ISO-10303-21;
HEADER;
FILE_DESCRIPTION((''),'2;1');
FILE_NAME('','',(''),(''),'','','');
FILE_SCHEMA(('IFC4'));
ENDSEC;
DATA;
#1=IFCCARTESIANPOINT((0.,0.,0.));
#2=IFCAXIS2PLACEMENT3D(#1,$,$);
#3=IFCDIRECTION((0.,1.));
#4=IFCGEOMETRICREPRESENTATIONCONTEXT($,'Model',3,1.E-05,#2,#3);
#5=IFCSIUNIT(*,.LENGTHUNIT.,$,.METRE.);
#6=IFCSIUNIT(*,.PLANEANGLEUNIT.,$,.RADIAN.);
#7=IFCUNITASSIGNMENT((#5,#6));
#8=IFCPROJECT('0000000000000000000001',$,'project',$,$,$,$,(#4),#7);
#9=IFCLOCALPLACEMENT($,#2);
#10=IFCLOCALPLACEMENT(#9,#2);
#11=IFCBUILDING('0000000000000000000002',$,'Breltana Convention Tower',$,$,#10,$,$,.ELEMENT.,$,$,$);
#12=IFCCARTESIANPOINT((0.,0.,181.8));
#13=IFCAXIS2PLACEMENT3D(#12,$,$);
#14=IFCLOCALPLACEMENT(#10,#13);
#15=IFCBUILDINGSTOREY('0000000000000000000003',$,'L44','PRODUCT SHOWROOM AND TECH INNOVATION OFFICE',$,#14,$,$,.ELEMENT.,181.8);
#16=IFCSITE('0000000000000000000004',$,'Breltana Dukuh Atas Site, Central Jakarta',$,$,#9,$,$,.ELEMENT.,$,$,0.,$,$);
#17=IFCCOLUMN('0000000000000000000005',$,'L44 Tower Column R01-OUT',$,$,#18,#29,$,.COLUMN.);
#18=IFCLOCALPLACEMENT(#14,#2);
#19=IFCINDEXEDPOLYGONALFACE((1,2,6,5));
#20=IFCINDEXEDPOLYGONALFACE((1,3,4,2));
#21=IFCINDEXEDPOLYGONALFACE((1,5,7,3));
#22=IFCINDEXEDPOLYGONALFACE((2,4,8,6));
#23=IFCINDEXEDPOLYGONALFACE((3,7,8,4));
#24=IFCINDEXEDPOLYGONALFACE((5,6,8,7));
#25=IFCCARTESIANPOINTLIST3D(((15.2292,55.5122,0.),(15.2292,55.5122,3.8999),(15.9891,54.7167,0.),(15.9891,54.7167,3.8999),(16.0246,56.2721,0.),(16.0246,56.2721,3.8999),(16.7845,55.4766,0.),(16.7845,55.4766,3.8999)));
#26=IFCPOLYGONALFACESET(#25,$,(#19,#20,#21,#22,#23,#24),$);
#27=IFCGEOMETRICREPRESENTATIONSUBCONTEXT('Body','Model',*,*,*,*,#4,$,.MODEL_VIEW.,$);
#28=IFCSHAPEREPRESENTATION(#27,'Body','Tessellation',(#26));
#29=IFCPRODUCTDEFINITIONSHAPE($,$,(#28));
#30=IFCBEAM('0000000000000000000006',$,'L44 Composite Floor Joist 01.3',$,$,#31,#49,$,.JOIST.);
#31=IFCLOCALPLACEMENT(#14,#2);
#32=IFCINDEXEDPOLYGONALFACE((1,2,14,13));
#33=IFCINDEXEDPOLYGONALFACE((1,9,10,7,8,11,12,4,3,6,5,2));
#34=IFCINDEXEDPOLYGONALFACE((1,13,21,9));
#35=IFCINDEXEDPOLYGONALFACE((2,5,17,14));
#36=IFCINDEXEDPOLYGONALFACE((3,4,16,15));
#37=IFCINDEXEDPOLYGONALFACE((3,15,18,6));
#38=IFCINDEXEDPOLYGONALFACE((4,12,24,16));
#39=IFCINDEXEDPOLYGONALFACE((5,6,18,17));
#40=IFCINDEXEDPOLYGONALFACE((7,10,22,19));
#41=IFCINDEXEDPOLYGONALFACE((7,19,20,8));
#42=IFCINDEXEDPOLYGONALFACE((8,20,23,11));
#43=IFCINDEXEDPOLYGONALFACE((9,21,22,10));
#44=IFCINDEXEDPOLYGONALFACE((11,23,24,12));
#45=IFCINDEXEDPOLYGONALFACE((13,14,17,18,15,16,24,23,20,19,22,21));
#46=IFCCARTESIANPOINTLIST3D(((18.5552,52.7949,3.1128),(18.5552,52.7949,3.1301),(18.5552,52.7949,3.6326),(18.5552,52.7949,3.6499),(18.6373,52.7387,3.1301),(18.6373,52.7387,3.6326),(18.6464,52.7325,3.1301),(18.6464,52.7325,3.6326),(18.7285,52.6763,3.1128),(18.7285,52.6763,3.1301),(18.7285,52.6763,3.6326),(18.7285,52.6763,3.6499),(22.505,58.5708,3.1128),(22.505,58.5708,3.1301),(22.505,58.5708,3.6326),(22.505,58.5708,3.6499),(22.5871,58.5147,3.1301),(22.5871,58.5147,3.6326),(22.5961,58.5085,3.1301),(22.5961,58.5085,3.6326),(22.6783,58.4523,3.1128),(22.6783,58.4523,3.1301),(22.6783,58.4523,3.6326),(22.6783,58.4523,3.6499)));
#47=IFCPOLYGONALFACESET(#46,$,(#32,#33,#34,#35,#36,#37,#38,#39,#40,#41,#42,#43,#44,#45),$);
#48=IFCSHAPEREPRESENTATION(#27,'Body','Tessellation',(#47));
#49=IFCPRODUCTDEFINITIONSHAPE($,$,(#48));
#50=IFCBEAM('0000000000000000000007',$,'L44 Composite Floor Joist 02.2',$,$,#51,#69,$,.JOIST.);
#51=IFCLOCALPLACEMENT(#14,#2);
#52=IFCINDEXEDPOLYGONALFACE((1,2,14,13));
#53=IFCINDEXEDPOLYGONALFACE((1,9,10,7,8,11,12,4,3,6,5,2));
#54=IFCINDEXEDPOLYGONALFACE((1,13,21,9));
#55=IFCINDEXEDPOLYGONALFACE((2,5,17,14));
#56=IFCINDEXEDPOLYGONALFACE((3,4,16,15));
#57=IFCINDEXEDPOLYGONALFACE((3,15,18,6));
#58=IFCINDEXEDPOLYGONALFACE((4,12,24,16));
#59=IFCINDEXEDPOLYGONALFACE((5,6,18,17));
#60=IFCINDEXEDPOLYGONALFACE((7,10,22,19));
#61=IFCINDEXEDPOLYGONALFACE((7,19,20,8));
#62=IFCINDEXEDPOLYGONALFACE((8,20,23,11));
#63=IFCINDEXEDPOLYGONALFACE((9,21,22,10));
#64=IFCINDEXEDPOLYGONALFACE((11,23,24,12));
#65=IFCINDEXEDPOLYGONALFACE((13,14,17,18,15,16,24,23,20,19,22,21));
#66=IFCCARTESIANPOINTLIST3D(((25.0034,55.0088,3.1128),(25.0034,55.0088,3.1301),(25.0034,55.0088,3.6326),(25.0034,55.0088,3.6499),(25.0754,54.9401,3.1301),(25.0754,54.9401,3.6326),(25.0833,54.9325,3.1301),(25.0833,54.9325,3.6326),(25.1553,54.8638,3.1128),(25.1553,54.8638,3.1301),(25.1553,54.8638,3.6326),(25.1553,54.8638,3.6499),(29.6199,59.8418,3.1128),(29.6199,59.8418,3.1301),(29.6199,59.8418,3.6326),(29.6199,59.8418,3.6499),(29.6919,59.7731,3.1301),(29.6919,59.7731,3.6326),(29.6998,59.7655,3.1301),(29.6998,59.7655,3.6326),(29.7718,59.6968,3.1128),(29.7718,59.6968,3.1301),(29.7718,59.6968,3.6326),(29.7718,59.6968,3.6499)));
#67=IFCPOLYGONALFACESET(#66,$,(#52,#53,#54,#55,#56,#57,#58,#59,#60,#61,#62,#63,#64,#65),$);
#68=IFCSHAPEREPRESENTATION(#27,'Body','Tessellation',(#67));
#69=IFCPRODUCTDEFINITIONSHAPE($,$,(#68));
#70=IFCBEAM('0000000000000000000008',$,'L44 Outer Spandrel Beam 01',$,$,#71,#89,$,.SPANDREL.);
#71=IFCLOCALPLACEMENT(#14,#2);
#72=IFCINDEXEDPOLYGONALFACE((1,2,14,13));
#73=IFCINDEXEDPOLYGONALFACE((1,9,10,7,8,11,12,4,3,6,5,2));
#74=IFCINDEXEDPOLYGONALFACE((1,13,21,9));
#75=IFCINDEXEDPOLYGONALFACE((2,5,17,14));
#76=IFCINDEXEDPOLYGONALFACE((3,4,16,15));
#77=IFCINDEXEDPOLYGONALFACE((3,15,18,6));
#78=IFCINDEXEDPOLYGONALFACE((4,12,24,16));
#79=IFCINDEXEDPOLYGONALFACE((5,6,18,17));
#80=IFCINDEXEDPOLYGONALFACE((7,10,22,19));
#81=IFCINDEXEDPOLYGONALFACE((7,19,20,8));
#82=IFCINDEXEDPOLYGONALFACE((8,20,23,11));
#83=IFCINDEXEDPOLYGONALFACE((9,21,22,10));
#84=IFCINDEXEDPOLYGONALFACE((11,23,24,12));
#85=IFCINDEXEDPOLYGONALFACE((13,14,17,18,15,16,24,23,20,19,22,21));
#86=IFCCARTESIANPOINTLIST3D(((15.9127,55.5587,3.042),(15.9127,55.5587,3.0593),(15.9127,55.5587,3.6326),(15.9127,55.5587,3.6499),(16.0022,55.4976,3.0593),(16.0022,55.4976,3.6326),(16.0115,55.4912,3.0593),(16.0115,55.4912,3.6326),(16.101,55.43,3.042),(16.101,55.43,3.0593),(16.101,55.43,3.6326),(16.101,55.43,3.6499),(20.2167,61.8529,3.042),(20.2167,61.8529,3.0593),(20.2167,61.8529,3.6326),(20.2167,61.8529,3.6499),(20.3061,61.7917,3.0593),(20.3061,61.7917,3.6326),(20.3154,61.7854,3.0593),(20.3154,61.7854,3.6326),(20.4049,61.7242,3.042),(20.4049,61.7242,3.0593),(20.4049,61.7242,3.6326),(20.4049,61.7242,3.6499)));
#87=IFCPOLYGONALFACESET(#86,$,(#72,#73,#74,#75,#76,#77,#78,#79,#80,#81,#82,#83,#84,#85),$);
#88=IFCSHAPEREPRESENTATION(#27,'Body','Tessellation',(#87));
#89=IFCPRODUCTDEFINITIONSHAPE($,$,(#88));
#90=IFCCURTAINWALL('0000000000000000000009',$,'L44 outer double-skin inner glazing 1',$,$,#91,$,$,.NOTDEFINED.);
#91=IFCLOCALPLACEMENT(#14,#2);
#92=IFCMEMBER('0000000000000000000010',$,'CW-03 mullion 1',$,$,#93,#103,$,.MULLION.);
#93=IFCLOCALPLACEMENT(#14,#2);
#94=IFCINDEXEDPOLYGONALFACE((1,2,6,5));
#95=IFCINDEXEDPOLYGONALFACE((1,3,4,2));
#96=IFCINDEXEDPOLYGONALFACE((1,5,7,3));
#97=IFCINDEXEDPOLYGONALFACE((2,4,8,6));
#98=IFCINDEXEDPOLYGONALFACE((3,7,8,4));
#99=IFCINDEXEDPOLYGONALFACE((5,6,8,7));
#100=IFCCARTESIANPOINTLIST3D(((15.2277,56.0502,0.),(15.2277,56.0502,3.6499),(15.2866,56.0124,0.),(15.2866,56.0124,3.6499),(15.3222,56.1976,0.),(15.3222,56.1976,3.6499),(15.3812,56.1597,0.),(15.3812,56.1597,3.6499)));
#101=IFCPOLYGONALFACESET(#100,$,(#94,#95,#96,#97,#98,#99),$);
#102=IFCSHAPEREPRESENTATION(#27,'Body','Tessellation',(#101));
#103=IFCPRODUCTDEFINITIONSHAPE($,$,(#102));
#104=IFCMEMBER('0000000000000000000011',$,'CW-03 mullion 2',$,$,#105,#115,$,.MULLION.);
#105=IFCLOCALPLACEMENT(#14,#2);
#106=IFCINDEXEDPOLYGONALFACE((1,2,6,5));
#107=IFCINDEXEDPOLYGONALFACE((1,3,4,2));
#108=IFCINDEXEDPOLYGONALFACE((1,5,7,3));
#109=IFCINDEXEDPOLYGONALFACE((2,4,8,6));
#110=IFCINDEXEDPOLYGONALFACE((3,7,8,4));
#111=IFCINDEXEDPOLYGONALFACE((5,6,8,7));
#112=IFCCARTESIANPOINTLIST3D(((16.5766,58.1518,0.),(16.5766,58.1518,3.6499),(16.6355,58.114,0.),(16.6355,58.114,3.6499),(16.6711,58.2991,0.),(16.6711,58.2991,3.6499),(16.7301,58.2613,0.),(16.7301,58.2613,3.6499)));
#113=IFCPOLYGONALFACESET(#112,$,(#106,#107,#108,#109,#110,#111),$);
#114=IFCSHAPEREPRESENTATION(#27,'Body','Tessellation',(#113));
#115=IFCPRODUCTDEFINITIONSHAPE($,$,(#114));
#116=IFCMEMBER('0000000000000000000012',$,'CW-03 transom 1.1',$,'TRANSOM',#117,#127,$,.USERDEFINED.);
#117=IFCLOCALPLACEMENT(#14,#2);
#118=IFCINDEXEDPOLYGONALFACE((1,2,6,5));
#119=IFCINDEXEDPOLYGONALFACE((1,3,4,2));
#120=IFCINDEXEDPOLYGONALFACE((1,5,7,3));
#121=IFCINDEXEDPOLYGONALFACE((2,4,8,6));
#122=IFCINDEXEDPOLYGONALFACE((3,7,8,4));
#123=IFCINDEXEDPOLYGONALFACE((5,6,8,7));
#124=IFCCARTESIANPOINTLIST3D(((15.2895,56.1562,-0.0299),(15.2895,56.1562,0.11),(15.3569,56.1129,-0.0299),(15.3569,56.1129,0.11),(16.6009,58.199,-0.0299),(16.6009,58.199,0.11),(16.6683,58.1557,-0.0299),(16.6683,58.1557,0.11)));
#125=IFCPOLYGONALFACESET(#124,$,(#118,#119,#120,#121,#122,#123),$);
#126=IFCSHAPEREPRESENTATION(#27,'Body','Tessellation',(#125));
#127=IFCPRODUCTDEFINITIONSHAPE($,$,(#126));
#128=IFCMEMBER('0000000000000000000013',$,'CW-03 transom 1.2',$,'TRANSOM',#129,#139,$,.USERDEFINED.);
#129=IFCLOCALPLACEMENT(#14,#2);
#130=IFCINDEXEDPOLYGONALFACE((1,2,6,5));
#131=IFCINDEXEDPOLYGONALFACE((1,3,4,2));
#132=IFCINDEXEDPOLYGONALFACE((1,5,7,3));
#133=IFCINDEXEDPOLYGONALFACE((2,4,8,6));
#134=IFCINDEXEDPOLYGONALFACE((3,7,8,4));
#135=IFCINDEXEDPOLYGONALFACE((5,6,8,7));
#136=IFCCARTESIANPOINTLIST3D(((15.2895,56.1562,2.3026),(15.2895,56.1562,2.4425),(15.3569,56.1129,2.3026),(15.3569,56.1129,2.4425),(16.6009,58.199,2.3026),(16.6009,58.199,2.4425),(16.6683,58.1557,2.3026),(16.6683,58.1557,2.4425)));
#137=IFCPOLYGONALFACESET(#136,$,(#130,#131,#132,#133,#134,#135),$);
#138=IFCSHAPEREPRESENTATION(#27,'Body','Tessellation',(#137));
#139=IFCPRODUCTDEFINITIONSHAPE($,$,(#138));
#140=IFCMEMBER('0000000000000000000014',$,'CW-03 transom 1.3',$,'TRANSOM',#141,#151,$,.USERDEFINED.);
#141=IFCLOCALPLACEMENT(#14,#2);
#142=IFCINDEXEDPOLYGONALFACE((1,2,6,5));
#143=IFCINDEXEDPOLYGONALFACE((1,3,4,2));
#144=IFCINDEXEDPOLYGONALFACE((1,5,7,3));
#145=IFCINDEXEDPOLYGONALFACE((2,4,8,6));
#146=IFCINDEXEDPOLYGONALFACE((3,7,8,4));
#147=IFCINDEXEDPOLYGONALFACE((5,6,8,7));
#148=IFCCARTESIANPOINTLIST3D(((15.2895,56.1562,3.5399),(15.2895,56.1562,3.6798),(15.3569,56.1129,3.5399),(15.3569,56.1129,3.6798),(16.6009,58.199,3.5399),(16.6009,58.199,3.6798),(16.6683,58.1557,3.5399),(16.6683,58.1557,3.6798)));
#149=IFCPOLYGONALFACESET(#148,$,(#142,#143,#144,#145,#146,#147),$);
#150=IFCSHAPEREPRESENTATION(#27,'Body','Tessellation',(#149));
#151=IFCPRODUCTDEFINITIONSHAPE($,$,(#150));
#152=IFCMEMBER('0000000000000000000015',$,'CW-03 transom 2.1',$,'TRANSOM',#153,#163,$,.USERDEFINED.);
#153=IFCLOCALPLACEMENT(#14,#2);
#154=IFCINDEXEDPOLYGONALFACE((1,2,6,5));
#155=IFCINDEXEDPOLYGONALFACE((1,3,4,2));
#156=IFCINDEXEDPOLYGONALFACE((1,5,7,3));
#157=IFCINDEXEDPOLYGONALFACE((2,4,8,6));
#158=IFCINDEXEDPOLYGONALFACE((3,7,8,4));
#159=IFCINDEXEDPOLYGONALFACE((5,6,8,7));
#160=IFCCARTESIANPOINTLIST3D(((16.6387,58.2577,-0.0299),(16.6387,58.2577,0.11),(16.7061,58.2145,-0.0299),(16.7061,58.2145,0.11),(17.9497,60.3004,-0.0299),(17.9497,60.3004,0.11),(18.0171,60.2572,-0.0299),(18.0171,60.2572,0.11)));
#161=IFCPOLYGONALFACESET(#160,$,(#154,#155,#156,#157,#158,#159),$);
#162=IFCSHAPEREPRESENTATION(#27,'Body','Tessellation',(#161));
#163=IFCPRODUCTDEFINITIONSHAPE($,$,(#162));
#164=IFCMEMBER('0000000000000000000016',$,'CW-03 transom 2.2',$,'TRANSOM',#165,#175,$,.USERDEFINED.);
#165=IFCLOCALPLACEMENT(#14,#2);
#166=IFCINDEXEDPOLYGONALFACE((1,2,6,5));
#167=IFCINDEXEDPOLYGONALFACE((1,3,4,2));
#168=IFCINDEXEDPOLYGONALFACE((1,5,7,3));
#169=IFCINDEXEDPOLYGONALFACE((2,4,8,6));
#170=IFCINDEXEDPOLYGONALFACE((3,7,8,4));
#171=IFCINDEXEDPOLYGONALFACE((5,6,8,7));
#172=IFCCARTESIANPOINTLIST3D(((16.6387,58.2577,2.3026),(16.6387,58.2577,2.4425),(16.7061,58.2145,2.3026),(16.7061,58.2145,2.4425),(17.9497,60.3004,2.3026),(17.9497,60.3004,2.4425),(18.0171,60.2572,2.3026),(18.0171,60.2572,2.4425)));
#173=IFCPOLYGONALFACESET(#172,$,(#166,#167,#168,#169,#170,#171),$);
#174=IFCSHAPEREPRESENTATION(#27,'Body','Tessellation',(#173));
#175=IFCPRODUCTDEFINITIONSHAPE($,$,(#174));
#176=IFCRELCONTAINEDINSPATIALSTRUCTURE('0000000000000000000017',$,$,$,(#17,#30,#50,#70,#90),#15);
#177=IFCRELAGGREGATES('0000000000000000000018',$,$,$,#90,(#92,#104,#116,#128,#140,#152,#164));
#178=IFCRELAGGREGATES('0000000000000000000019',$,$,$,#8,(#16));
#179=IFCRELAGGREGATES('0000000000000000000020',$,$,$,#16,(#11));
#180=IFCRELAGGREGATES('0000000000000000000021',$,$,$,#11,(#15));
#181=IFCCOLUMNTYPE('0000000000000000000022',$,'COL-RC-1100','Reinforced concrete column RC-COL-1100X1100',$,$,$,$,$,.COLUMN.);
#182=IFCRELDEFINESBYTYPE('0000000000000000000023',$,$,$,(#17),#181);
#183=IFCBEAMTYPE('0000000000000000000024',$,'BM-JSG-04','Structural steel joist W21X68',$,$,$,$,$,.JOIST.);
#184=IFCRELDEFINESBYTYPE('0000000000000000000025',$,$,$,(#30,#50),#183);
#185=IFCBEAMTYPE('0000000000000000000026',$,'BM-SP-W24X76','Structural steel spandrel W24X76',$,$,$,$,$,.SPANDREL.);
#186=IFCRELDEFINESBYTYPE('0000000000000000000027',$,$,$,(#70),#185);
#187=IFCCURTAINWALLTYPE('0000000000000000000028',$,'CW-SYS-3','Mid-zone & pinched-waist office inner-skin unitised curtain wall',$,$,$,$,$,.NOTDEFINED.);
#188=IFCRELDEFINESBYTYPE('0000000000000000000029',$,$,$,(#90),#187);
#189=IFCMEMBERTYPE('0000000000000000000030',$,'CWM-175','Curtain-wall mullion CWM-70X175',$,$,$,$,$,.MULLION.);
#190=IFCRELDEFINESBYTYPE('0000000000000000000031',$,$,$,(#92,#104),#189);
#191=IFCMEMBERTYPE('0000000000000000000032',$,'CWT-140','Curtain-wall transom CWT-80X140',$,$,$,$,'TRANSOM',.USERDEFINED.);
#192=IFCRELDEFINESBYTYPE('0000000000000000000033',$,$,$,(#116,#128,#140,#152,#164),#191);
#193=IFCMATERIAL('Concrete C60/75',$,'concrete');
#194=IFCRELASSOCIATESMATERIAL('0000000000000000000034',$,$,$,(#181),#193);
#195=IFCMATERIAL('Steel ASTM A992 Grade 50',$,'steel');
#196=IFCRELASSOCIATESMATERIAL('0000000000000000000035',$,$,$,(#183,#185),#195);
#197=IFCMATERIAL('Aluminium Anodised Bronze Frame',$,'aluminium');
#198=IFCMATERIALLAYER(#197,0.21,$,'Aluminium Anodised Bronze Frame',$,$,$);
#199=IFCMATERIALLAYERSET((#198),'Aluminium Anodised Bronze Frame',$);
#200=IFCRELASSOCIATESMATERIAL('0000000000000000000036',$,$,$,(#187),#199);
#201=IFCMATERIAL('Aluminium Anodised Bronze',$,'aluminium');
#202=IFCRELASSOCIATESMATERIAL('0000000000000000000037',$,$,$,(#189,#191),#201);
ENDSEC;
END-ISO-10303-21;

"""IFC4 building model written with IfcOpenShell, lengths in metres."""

from ifc_helpers import new_model, si_unit, direction, frame, origin, origin_2d, place, context, subcontext, project, spatial, rectangle, i_section, extrude, source, transform, mapped, material, layer, layer_set, material_profile, profile_set, type_object, type_shapes, element, aggregate, save


model = new_model("IFC4")

# Units and contexts
model_context = context("Model", 3, precision=1e-05, world=origin(), true_north=direction((0.0, 1.0)))
body_context = subcontext(model_context, "Body", "Model", "MODEL_VIEW")
ifc_project = project(units=[si_unit("LENGTHUNIT", "METRE"), si_unit("PLANEANGLEUNIT", "RADIAN")], contexts=[model_context])

# Site, building, storey
site_placement = place(None, origin())
site = spatial("IfcSite", under=ifc_project, at=site_placement, Name="Breltana Dukuh Atas Site, Central Jakarta", CompositionType="ELEMENT", RefElevation=0.0)
building_placement = place(site_placement, origin())
building = spatial("IfcBuilding", under=site, at=building_placement, Name="Breltana Convention Tower", CompositionType="ELEMENT")
storey_placement = place(building_placement, frame((0.0, 0.0, 181.8)))
storey = spatial("IfcBuildingStorey", under=building, at=storey_placement, Name="L44", Description="PRODUCT SHOWROOM AND TECH INNOVATION OFFICE", CompositionType="ELEMENT", Elevation=181.8)

# Column
ifc_material_1 = material(Name="Concrete C60/75", Category="concrete")
ifc_material_profile_1 = material_profile(ifc_material_1, rectangle(XDim=1.1001, YDim=1.1001, at=origin_2d()), Name="RC-COL-1100X1100")
ifc_profile_set_1 = profile_set([ifc_material_profile_1], Name="Concrete C60/75")
column_type_1 = type_object("IfcColumnType", Name="COL-RC-1100", Description="Reinforced concrete column RC-COL-1100X1100", PredefinedType="COLUMN", material=ifc_profile_set_1)
shared_shape_1 = source(origin(), body_context, "Body", "SweptSolid", [
    extrude(rectangle(XDim=1.1001, YDim=1.1001, at=origin_2d()), origin(), (0.0, 0.0, 1.0), 3.8999),
])
column_1_placement = place(storey_placement, frame((16.0068, 55.4944, 0.0), z_axis=(0.0, 0.0, 1.0), x_axis=(-0.690756, 0.723088, 0.0)))
element("IfcColumn", 1, at=column_1_placement, inside=storey, type_object=column_type_1, Name="L44 Tower Column R01-OUT", PredefinedType="COLUMN", context=body_context, shape_type="MappedRepresentation", body=[
    mapped(shared_shape_1, transform((0.0, 0.0, 0.0), scale=1.0)),
])

# Beams
ifc_material_2 = material(Name="Steel ASTM A992 Grade 50", Category="steel")
ifc_material_profile_2 = material_profile(ifc_material_2, i_section(OverallWidth=0.21, OverallDepth=0.5371, WebThickness=0.011, FlangeThickness=0.0173, at=origin_2d()), Name="W21X68")
ifc_profile_set_2 = profile_set([ifc_material_profile_2], Name="Steel ASTM A992 Grade 50")
beam_type_1 = type_object("IfcBeamType", Name="BM-JSG-04", Description="Structural steel joist W21X68", PredefinedType="JOIST", material=ifc_profile_set_2)
shared_shape_2 = source(origin(), body_context, "Body", "SweptSolid", [
    extrude(i_section(OverallWidth=0.21, OverallDepth=0.5371, WebThickness=0.011, FlangeThickness=0.0173, at=origin_2d()), origin(), (0.0, 0.0, 1.0), 6.9973),
])
beam_1_placement = place(storey_placement, frame((18.6418, 52.7356, 3.3813), z_axis=(0.564469, 0.825454, 0.0), x_axis=(-0.825454, 0.564469, 0.0)))
element("IfcBeam", 2, at=beam_1_placement, inside=storey, type_object=beam_type_1, Name="L44 Composite Floor Joist 01.3", PredefinedType="JOIST", context=body_context, shape_type="MappedRepresentation", body=[
    mapped(shared_shape_2, transform((0.0, 0.0, 0.0), scale=1.0)),
])
shared_shape_3 = source(origin(), body_context, "Body", "SweptSolid", [
    extrude(i_section(OverallWidth=0.21, OverallDepth=0.5371, WebThickness=0.011, FlangeThickness=0.0173, at=origin_2d()), origin(), (0.0, 0.0, 1.0), 6.6836),
])
beam_2_placement = place(storey_placement, frame((25.0793, 54.9363, 3.3813), z_axis=(0.690721, 0.723122, 0.0), x_axis=(-0.723122, 0.690721, 0.0)))
element("IfcBeam", 3, at=beam_2_placement, inside=storey, type_object=beam_type_1, Name="L44 Composite Floor Joist 02.2", PredefinedType="JOIST", context=body_context, shape_type="MappedRepresentation", body=[
    mapped(shared_shape_3, transform((0.0, 0.0, 0.0), scale=1.0)),
])
ifc_material_profile_3 = material_profile(ifc_material_2, i_section(OverallWidth=0.228, OverallDepth=0.6079, WebThickness=0.0112, FlangeThickness=0.0173, at=origin_2d()), Name="W24X76")
ifc_profile_set_3 = profile_set([ifc_material_profile_3], Name="Steel ASTM A992 Grade 50")
beam_type_2 = type_object("IfcBeamType", Name="BM-SP-W24X76", Description="Structural steel spandrel W24X76", PredefinedType="SPANDREL", material=ifc_profile_set_3)
shared_shape_4 = source(origin(), body_context, "Body", "SweptSolid", [
    extrude(i_section(OverallWidth=0.228, OverallDepth=0.6079, WebThickness=0.0112, FlangeThickness=0.0173, at=origin_2d()), origin(), (0.0, 0.0, 1.0), 7.625),
])
type_shapes(beam_type_2, [shared_shape_4])
beam_3_placement = place(storey_placement, frame((16.0068, 55.4944, 3.3459), z_axis=(0.564452, 0.825466, 0.0), x_axis=(-0.825466, 0.564452, 0.0)))
element("IfcBeam", 4, at=beam_3_placement, inside=storey, type_object=beam_type_2, Name="L44 Outer Spandrel Beam 01", PredefinedType="SPANDREL", context=body_context, shape_type="MappedRepresentation", body=[
    mapped(shared_shape_4, transform((0.0, 0.0, 0.0), scale=1.0)),
])

# Curtain wall, members
ifc_material_3 = material(Name="Aluminium Anodised Bronze Frame", Category="aluminium")
ifc_layer_1 = layer(ifc_material_3, 0.21, Name="Aluminium Anodised Bronze Frame")
ifc_layer_set_1 = layer_set([ifc_layer_1], Name="Aluminium Anodised Bronze Frame")
curtain_wall_type = type_object("IfcCurtainWallType", Name="CW-SYS-3", Description="Mid-zone & pinched-waist office inner-skin unitised curtain wall", PredefinedType="NOTDEFINED", material=ifc_layer_set_1)
curtain_wall_placement = place(storey_placement, origin())
curtain_wall = element("IfcCurtainWall", 5, at=curtain_wall_placement, inside=storey, type_object=curtain_wall_type, Name="L44 outer double-skin inner glazing 1", PredefinedType="NOTDEFINED")
ifc_material_4 = material(Name="Aluminium Anodised Bronze", Category="aluminium")
ifc_material_profile_4 = material_profile(ifc_material_4, rectangle(XDim=0.0701, YDim=0.175, at=origin_2d()), Name="CWM-70X175")
ifc_profile_set_4 = profile_set([ifc_material_profile_4], Name="Aluminium Anodised Bronze")
member_type_1 = type_object("IfcMemberType", Name="CWM-175", Description="Curtain-wall mullion CWM-70X175", PredefinedType="MULLION", material=ifc_profile_set_4)
shared_shape_5 = source(origin(), body_context, "Body", "SweptSolid", [
    extrude(rectangle(XDim=0.0701, YDim=0.175, at=origin_2d()), origin(), (0.0, 0.0, 1.0), 3.6499),
])
member_1_placement = place(storey_placement, frame((15.3044, 56.105, 0.0), z_axis=(0.0, 0.0, 1.0), x_axis=(-0.841554, 0.540173, 0.0)))
member_1 = element("IfcMember", 6, at=member_1_placement, type_object=member_type_1, Name="CW-03 mullion 1", PredefinedType="MULLION", context=body_context, shape_type="MappedRepresentation", body=[
    mapped(shared_shape_5, transform((0.0, 0.0, 0.0), scale=1.0)),
])
member_2_placement = place(storey_placement, frame((16.6533, 58.2065, 0.0), z_axis=(0.0, 0.0, 1.0), x_axis=(-0.841554, 0.540173, 0.0)))
member_2 = element("IfcMember", 7, at=member_2_placement, type_object=member_type_1, Name="CW-03 mullion 2", PredefinedType="MULLION", context=body_context, shape_type="MappedRepresentation", body=[
    mapped(shared_shape_5, transform((0.0, 0.0, 0.0), scale=1.0)),
])
ifc_material_profile_5 = material_profile(ifc_material_4, rectangle(XDim=0.0801, YDim=0.1399, at=origin_2d()), Name="CWT-80X140")
ifc_profile_set_5 = profile_set([ifc_material_profile_5], Name="Aluminium Anodised Bronze")
member_type_2 = type_object("IfcMemberType", Name="CWT-140", Description="Curtain-wall transom CWT-80X140", ElementType="TRANSOM", PredefinedType="USERDEFINED", material=ifc_profile_set_5)
shared_shape_6 = source(origin(), body_context, "Body", "SweptSolid", [
    extrude(rectangle(XDim=0.0801, YDim=0.1399, at=origin_2d()), origin(), (0.0, 0.0, 1.0), 2.4275),
])
member_3_placement = place(storey_placement, frame((15.3232, 56.1345, 0.04), z_axis=(0.540203, 0.841534, 0.0), x_axis=(-0.841534, 0.540203, 0.0)))
member_3 = element("IfcMember", 8, at=member_3_placement, type_object=member_type_2, Name="CW-03 transom 1.1", ObjectType="TRANSOM", PredefinedType="USERDEFINED", context=body_context, shape_type="MappedRepresentation", body=[
    mapped(shared_shape_6, transform((0.0, 0.0, 0.0), scale=1.0)),
])
member_4_placement = place(storey_placement, frame((15.3232, 56.1345, 2.3726), z_axis=(0.540203, 0.841534, 0.0), x_axis=(-0.841534, 0.540203, 0.0)))
member_4 = element("IfcMember", 9, at=member_4_placement, type_object=member_type_2, Name="CW-03 transom 1.2", ObjectType="TRANSOM", PredefinedType="USERDEFINED", context=body_context, shape_type="MappedRepresentation", body=[
    mapped(shared_shape_6, transform((0.0, 0.0, 0.0), scale=1.0)),
])
member_5_placement = place(storey_placement, frame((15.3232, 56.1345, 3.6099), z_axis=(0.540203, 0.841534, 0.0), x_axis=(-0.841534, 0.540203, 0.0)))
member_5 = element("IfcMember", 10, at=member_5_placement, type_object=member_type_2, Name="CW-03 transom 1.3", ObjectType="TRANSOM", PredefinedType="USERDEFINED", context=body_context, shape_type="MappedRepresentation", body=[
    mapped(shared_shape_6, transform((0.0, 0.0, 0.0), scale=1.0)),
])
shared_shape_7 = source(origin(), body_context, "Body", "SweptSolid", [
    extrude(rectangle(XDim=0.0801, YDim=0.1399, at=origin_2d()), origin(), (0.0, 0.0, 1.0), 2.4272),
])
member_6_placement = place(storey_placement, frame((16.6724, 58.2361, 0.04), z_axis=(0.540132, 0.84158, 0.0), x_axis=(-0.84158, 0.540132, 0.0)))
member_6 = element("IfcMember", 11, at=member_6_placement, type_object=member_type_2, Name="CW-03 transom 2.1", ObjectType="TRANSOM", PredefinedType="USERDEFINED", context=body_context, shape_type="MappedRepresentation", body=[
    mapped(shared_shape_7, transform((0.0, 0.0, 0.0), scale=1.0)),
])
member_7_placement = place(storey_placement, frame((16.6724, 58.2361, 2.3726), z_axis=(0.540132, 0.84158, 0.0), x_axis=(-0.84158, 0.540132, 0.0)))
member_7 = element("IfcMember", 12, at=member_7_placement, type_object=member_type_2, Name="CW-03 transom 2.2", ObjectType="TRANSOM", PredefinedType="USERDEFINED", context=body_context, shape_type="MappedRepresentation", body=[
    mapped(shared_shape_7, transform((0.0, 0.0, 0.0), scale=1.0)),
])
aggregate(curtain_wall, [member_1, member_2, member_3, member_4, member_5, member_6, member_7])

save(model, "model.ifc")
